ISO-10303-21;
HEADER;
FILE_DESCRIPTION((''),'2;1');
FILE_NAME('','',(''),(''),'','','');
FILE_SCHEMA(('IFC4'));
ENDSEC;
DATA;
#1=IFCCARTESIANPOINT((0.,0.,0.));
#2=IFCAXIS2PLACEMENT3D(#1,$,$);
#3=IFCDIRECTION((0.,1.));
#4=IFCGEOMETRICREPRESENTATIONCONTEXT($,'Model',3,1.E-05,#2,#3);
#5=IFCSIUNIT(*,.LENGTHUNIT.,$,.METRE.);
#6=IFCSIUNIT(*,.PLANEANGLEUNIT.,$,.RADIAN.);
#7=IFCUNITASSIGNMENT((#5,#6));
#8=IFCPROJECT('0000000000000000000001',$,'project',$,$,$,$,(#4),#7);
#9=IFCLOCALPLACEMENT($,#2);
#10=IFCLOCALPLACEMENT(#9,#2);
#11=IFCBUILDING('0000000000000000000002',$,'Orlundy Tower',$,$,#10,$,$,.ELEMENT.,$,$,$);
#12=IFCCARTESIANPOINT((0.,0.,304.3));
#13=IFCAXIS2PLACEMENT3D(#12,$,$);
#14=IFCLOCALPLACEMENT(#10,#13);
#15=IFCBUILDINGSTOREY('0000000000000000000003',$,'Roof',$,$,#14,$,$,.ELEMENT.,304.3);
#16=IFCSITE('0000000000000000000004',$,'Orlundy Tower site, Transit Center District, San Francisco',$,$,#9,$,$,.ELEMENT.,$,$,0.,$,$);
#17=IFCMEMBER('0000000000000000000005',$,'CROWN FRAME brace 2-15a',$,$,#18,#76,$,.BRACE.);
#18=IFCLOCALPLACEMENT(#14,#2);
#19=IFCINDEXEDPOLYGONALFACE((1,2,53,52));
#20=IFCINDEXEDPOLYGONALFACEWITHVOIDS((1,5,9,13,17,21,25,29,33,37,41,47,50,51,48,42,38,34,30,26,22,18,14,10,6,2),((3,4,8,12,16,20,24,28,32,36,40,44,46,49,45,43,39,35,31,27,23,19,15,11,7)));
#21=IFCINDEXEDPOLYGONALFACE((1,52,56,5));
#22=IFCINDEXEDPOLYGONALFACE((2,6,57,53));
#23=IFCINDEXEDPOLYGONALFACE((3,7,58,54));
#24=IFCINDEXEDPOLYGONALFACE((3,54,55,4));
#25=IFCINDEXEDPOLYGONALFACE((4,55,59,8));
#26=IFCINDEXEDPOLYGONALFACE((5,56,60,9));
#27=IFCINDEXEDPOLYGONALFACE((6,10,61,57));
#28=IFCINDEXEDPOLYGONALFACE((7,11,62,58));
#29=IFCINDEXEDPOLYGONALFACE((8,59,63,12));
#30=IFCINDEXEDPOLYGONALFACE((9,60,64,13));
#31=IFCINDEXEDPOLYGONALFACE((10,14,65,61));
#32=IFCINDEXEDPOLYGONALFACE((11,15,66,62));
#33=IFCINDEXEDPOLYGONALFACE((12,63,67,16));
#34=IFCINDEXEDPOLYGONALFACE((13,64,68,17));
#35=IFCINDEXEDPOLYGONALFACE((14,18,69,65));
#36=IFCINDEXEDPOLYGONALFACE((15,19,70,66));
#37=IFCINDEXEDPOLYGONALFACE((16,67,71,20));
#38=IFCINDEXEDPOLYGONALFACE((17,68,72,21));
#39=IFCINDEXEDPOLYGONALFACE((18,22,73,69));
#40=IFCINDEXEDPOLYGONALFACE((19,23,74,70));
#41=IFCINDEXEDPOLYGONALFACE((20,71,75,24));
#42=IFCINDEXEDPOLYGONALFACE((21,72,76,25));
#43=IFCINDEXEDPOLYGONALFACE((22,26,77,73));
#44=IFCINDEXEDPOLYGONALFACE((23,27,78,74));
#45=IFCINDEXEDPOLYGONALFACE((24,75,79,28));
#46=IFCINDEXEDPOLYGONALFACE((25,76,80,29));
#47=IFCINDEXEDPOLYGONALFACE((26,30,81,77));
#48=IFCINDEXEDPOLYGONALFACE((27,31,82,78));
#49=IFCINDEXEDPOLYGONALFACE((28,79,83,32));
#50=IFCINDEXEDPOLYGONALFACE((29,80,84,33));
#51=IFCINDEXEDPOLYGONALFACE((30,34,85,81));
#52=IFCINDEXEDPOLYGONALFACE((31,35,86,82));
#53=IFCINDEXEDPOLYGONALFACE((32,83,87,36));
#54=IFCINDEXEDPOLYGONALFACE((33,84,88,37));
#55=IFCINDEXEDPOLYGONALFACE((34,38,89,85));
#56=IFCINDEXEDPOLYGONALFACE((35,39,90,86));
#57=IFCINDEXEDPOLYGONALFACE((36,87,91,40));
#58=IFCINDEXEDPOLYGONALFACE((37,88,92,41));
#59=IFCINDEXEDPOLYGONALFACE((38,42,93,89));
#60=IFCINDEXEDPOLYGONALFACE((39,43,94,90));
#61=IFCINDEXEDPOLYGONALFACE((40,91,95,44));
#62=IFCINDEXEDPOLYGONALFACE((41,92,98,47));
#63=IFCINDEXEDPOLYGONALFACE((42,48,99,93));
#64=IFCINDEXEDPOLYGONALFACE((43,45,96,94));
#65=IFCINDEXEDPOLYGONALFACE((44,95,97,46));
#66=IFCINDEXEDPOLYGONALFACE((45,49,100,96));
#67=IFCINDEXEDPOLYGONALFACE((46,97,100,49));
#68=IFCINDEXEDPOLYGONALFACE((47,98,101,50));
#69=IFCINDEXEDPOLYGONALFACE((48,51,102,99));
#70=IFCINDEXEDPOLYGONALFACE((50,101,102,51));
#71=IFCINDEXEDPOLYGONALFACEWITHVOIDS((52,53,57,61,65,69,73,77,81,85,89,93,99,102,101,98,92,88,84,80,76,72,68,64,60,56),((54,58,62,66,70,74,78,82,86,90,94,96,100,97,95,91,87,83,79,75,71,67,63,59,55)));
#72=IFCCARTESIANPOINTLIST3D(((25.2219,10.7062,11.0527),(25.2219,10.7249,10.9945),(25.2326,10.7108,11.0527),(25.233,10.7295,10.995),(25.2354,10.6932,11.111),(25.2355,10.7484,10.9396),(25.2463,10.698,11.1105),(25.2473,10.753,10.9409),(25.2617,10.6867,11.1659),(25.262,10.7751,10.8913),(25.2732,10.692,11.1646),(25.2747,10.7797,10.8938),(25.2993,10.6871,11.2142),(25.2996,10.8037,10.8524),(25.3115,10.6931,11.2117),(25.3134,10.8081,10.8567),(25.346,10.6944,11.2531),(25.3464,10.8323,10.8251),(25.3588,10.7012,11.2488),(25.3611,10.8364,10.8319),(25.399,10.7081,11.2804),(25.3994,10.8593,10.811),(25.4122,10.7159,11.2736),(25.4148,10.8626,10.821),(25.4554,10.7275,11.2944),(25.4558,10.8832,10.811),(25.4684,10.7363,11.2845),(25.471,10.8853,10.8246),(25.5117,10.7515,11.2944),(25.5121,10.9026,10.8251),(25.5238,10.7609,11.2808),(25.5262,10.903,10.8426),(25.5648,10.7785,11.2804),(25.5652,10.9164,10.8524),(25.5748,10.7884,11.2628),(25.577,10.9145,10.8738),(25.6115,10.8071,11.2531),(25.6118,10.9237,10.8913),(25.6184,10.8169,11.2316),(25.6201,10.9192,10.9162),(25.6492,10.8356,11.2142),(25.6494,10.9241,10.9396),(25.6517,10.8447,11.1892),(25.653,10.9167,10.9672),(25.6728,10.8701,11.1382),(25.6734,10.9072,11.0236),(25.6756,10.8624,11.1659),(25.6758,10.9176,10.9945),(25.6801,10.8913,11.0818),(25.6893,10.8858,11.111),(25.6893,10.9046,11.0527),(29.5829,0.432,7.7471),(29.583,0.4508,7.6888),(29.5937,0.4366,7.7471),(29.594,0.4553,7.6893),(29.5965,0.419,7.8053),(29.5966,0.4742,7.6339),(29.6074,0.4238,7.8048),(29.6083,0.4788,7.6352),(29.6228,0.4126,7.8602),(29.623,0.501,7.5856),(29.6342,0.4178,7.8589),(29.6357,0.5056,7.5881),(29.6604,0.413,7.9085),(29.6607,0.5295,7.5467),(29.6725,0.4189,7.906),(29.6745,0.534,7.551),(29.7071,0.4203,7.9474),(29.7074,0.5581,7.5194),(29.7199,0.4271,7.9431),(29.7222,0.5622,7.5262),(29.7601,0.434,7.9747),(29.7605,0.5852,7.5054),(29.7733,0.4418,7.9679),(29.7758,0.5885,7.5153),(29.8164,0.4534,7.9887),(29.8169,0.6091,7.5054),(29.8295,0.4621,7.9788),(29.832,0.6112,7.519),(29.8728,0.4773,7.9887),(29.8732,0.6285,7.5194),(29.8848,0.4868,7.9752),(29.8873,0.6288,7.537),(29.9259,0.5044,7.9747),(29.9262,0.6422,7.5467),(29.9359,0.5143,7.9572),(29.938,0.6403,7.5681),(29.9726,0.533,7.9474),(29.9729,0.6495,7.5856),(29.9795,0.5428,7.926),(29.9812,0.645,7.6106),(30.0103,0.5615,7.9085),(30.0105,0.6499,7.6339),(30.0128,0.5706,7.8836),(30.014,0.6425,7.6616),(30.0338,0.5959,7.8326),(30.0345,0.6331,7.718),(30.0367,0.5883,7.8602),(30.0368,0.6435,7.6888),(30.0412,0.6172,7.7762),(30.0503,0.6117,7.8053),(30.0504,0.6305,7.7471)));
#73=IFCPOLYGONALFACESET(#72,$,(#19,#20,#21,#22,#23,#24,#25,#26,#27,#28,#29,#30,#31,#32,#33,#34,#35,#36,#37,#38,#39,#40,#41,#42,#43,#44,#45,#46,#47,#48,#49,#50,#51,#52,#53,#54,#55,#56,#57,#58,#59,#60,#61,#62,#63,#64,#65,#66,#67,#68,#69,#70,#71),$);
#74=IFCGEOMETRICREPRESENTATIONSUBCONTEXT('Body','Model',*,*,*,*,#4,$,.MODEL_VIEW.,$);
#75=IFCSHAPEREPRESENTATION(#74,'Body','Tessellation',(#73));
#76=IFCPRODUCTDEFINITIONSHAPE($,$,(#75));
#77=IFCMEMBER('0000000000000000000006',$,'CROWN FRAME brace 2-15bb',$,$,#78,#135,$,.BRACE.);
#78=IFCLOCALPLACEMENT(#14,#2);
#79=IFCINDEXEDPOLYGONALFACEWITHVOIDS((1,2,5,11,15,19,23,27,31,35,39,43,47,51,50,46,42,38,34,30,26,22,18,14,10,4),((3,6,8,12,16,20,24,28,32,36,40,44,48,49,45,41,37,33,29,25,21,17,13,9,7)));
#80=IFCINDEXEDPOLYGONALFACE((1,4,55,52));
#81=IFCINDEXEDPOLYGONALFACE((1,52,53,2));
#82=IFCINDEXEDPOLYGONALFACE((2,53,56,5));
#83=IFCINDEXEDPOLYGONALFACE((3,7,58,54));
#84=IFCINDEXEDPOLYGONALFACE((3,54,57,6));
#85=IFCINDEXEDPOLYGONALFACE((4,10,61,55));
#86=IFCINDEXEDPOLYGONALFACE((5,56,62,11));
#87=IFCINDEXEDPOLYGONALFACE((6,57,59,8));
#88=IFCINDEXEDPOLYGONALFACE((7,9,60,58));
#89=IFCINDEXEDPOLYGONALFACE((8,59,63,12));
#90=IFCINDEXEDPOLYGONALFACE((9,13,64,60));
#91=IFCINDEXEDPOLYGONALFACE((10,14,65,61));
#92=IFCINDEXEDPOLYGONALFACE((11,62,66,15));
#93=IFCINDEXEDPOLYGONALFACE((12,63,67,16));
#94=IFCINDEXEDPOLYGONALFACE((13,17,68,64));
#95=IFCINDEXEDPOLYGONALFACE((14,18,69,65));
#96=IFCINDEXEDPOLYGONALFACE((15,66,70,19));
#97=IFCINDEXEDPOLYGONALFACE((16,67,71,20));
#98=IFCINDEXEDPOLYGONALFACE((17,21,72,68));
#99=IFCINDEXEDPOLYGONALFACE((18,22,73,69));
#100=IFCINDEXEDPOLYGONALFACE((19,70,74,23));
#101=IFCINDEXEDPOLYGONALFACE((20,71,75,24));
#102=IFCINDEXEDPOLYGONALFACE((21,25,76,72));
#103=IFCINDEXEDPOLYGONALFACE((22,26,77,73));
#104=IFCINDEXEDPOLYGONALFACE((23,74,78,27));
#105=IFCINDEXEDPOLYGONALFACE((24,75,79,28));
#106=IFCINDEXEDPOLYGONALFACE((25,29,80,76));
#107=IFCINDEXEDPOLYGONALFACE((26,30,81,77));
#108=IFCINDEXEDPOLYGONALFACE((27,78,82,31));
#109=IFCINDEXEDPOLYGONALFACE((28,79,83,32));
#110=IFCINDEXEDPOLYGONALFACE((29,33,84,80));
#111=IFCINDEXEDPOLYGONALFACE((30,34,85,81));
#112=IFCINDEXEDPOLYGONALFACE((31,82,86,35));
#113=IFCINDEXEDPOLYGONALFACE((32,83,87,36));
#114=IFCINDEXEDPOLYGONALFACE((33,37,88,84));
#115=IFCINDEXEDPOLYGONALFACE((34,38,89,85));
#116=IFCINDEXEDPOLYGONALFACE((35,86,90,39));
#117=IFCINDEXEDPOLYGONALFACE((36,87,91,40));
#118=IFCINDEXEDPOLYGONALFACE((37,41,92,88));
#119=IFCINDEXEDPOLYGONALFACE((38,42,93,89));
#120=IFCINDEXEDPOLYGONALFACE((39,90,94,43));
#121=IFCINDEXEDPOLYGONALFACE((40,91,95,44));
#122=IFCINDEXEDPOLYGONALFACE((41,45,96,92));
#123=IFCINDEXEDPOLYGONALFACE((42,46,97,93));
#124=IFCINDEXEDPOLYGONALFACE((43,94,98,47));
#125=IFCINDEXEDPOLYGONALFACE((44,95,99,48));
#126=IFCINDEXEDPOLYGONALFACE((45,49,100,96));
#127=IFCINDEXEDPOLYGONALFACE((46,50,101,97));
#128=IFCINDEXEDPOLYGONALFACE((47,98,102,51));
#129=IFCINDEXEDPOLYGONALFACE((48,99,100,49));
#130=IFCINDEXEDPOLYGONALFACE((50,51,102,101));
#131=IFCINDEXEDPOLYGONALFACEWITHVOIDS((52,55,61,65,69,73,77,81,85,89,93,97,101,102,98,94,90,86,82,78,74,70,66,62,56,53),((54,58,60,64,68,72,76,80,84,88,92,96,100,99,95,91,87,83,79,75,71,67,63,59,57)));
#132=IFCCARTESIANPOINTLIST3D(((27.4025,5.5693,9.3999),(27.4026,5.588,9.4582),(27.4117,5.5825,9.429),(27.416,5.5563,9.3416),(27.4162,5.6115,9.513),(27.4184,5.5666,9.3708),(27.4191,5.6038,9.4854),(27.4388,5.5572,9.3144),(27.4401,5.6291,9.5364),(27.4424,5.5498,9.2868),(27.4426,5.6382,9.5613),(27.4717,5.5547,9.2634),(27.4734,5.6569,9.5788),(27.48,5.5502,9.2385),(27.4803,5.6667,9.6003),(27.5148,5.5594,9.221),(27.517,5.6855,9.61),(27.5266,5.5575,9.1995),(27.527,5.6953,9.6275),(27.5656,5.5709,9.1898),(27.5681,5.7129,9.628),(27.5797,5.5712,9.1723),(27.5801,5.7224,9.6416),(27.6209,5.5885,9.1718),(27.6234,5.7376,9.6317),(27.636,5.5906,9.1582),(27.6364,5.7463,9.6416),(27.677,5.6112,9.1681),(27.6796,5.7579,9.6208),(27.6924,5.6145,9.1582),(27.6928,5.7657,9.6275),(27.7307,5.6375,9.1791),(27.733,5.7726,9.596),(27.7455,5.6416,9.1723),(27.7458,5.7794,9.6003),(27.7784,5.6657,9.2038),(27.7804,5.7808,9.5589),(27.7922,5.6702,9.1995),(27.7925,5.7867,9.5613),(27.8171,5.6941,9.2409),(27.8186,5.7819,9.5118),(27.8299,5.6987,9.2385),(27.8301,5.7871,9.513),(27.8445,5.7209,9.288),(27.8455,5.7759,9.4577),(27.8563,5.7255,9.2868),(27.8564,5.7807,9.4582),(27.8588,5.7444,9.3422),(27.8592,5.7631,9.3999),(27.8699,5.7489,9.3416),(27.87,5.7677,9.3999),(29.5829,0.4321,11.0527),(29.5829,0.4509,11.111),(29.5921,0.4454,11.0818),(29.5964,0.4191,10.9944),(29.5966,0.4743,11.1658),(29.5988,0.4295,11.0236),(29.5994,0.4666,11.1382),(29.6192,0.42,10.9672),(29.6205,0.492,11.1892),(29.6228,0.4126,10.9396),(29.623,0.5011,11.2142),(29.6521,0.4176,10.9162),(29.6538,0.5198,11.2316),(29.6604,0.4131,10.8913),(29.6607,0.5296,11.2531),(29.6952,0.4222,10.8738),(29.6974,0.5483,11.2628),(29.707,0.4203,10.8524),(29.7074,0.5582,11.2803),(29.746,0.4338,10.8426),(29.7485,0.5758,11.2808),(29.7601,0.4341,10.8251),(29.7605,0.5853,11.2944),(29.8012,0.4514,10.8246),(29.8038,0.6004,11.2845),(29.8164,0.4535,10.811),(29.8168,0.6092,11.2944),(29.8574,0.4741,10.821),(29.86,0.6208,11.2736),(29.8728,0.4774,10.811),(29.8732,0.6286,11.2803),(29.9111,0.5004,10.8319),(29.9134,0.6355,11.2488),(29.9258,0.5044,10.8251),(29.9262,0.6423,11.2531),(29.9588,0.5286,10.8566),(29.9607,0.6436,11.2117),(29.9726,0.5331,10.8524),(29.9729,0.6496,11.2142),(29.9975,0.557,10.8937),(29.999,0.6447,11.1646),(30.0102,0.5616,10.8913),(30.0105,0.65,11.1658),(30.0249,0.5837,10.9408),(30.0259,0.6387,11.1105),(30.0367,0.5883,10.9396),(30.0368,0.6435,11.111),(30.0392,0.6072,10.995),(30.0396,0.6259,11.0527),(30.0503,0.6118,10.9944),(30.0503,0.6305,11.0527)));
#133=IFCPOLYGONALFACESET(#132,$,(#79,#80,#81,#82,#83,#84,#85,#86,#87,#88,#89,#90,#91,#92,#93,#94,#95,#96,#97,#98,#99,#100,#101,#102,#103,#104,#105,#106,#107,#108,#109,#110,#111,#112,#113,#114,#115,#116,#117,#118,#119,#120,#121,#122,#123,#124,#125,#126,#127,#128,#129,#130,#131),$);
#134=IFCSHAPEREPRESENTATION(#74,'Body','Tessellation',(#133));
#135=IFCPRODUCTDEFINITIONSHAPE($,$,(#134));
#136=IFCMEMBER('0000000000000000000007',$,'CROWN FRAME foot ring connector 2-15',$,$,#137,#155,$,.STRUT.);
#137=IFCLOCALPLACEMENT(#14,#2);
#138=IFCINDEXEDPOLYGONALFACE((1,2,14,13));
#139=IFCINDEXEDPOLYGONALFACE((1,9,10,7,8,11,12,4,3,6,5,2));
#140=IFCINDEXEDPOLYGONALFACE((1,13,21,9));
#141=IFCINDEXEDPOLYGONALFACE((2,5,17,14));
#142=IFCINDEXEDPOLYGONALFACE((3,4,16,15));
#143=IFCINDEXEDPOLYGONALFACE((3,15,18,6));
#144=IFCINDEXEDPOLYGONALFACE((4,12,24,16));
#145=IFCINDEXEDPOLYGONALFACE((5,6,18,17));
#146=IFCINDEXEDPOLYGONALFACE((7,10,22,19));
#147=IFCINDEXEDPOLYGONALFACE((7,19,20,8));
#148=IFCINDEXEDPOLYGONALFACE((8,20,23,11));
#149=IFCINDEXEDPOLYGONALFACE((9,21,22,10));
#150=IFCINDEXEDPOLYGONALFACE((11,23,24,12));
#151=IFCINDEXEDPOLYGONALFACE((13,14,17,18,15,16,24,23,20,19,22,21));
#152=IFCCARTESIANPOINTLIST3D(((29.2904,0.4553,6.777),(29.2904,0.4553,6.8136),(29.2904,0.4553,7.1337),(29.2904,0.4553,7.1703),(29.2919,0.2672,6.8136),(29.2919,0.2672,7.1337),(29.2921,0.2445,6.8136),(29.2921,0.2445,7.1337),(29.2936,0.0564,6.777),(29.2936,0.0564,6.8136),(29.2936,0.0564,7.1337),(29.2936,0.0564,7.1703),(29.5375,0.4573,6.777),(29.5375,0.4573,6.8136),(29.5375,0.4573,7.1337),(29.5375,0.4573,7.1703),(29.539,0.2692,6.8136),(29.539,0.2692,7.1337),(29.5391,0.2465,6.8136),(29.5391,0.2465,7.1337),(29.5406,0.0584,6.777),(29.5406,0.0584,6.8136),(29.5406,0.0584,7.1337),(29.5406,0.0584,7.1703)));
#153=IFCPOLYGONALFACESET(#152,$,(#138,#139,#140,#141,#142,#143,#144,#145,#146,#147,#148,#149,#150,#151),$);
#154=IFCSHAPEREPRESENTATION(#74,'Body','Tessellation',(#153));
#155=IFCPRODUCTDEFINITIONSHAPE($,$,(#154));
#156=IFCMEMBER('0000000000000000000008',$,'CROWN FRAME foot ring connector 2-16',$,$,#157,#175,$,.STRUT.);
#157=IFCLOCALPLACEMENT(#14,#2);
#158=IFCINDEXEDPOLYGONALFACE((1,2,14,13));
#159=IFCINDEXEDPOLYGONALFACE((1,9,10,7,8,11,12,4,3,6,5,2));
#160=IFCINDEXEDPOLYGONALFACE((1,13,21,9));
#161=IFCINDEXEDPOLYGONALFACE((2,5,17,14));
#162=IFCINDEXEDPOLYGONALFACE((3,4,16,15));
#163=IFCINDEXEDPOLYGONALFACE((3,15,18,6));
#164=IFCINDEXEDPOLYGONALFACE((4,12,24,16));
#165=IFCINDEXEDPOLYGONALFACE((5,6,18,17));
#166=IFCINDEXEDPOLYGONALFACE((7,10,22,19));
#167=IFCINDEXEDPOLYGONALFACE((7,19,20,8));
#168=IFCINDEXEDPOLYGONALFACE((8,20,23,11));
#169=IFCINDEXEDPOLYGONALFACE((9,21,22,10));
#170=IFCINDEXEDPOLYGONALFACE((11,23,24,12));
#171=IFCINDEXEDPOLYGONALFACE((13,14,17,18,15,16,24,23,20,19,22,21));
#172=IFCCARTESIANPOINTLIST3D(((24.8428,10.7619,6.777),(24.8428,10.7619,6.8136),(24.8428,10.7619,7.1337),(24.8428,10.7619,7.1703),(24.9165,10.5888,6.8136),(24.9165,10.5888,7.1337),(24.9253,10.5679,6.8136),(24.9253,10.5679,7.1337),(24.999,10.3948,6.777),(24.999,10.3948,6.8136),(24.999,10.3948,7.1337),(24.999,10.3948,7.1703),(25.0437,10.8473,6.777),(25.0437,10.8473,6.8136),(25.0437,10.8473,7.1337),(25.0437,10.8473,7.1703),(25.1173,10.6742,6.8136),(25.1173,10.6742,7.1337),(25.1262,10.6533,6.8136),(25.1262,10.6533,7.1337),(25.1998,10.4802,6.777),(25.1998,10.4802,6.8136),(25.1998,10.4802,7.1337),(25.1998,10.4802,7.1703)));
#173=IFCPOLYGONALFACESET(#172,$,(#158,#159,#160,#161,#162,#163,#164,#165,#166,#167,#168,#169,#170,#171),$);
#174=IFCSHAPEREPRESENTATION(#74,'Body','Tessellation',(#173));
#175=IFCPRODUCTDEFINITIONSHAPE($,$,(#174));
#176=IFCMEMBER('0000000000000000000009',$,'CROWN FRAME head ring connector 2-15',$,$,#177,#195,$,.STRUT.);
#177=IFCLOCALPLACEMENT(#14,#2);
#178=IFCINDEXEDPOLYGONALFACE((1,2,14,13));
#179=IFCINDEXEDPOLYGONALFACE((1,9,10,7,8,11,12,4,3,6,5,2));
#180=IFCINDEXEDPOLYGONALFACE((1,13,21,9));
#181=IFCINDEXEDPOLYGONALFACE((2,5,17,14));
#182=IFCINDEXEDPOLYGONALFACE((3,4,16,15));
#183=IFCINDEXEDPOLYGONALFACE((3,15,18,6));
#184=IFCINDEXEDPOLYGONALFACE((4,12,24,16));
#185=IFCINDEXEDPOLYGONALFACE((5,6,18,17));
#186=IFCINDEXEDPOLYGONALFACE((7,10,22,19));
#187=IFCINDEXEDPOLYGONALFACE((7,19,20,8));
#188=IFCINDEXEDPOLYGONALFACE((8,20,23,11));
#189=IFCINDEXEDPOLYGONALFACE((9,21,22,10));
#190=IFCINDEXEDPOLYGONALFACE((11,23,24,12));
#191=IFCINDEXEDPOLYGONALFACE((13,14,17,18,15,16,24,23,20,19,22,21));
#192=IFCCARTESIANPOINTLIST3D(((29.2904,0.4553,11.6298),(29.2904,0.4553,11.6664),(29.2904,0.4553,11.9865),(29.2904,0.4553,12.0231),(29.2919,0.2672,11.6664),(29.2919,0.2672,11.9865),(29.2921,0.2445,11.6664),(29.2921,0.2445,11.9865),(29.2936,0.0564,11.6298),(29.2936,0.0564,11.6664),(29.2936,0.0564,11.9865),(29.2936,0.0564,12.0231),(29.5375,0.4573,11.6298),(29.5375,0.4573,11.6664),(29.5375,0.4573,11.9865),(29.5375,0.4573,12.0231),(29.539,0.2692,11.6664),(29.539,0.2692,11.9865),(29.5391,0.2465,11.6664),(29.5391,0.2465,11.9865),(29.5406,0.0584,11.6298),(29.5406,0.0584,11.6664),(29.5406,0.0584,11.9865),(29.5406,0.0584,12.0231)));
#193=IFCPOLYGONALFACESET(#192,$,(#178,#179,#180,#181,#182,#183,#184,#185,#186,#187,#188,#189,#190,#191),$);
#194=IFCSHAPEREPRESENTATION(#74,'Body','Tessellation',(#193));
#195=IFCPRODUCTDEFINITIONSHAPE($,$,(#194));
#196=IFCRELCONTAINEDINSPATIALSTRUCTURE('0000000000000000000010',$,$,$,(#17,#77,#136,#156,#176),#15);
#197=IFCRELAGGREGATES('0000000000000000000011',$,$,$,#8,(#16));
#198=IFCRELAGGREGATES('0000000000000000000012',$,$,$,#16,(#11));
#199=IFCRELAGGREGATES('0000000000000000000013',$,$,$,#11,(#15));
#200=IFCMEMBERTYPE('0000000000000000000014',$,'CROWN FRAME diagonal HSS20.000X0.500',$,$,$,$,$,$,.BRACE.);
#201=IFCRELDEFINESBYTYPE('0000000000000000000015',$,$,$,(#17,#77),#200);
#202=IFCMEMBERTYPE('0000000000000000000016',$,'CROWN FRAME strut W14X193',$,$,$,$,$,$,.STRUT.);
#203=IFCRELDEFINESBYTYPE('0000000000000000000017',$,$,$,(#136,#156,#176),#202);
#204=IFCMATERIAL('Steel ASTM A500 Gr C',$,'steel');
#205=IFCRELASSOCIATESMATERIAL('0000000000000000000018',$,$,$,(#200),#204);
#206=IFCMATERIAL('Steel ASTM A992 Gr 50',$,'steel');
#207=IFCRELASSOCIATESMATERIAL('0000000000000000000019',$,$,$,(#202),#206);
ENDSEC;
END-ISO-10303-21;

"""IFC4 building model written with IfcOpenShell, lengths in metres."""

from ifc_helpers import new_model, si_unit, direction, frame, origin, origin_2d, place, context, subcontext, project, spatial, hollow_circle, i_section, extrude, material, material_profile, profile_set, type_object, element, save


model = new_model("IFC4")

# Units and contexts
model_context = context("Model", 3, precision=1e-05, world=origin(), true_north=direction((0.0, 1.0)))
body_context = subcontext(model_context, "Body", "Model", "MODEL_VIEW")
ifc_project = project(units=[si_unit("LENGTHUNIT", "METRE"), si_unit("PLANEANGLEUNIT", "RADIAN")], contexts=[model_context])

# Site, building, storey
site_placement = place(None, origin())
site = spatial("IfcSite", under=ifc_project, at=site_placement, Name="Orlundy Tower site, Transit Center District, San Francisco", CompositionType="ELEMENT", RefElevation=0.0)
building_placement = place(site_placement, origin())
building = spatial("IfcBuilding", under=site, at=building_placement, Name="Orlundy Tower", CompositionType="ELEMENT")
storey_placement = place(building_placement, frame((0.0, 0.0, 304.3)))
storey = spatial("IfcBuildingStorey", under=building, at=storey_placement, Name="Roof", CompositionType="ELEMENT", Elevation=304.3)

# Members
ifc_material_1 = material(Name="Steel ASTM A500 Gr C", Category="steel")
ifc_material_profile_1 = material_profile(ifc_material_1, hollow_circle(Radius=0.2539, WallThickness=0.0117, at=origin_2d()), Name="HSS20.000X0.500")
ifc_profile_set_1 = profile_set([ifc_material_profile_1], Name="Steel ASTM A500 Gr C")
member_type_1 = type_object("IfcMemberType", Name="CROWN FRAME diagonal HSS20.000X0.500", PredefinedType="BRACE", material=ifc_profile_set_1)
member_1_placement = place(storey_placement, frame((29.8167, 0.5312, 7.7471), z_axis=(-0.374642, 0.88261, 0.283976), x_axis=(-0.920506, -0.390728, 0.0)))
element("IfcMember", 1, at=member_1_placement, inside=storey, type_object=member_type_1, Name="CROWN FRAME brace 2-15a", PredefinedType="BRACE", context=body_context, shape_type="SweptSolid", body=[
    extrude(hollow_circle(Radius=0.2539, WallThickness=0.0117, at=origin_2d()), origin(), (0.0, 0.0, 1.0), 11.6406),
])
member_2_placement = place(storey_placement, frame((27.6362, 5.6685, 9.3999), z_axis=(0.374617, -0.882622, 0.283973), x_axis=(0.920517, 0.390702, 0.0)))
element("IfcMember", 2, at=member_2_placement, inside=storey, type_object=member_type_1, Name="CROWN FRAME brace 2-15bb", PredefinedType="BRACE", context=body_context, shape_type="SweptSolid", body=[
    extrude(hollow_circle(Radius=0.2539, WallThickness=0.0117, at=origin_2d()), origin(), (0.0, 0.0, 1.0), 5.8203),
])
ifc_material_2 = material(Name="Steel ASTM A992 Gr 50", Category="steel")
ifc_material_profile_2 = material_profile(ifc_material_2, i_section(OverallWidth=0.3989, OverallDepth=0.3933, WebThickness=0.0227, FlangeThickness=0.0366, at=origin_2d()), Name="W14X193")
ifc_profile_set_2 = profile_set([ifc_material_profile_2], Name="Steel ASTM A992 Gr 50")
member_type_2 = type_object("IfcMemberType", Name="CROWN FRAME strut W14X193", PredefinedType="STRUT", material=ifc_profile_set_2)
member_3_placement = place(storey_placement, frame((29.292, 0.2559, 6.9736), z_axis=(0.999969, 0.007905, 0.0), x_axis=(-0.007905, 0.999969, 0.0)))
element("IfcMember", 3, at=member_3_placement, inside=storey, type_object=member_type_2, Name="CROWN FRAME foot ring connector 2-15", PredefinedType="STRUT", context=body_context, shape_type="SweptSolid", body=[
    extrude(i_section(OverallWidth=0.3989, OverallDepth=0.3933, WebThickness=0.0227, FlangeThickness=0.0366, at=origin_2d()), origin(), (0.0, 0.0, 1.0), 0.2471),
])
member_4_placement = place(storey_placement, frame((24.9209, 10.5784, 6.9736), z_axis=(0.92024, 0.391354, 0.0), x_axis=(-0.391354, 0.92024, 0.0)))
element("IfcMember", 4, at=member_4_placement, inside=storey, type_object=member_type_2, Name="CROWN FRAME foot ring connector 2-16", PredefinedType="STRUT", context=body_context, shape_type="SweptSolid", body=[
    extrude(i_section(OverallWidth=0.3989, OverallDepth=0.3933, WebThickness=0.0227, FlangeThickness=0.0366, at=origin_2d()), origin(), (0.0, 0.0, 1.0), 0.2183),
])
member_5_placement = place(storey_placement, frame((29.292, 0.2559, 11.8264), z_axis=(0.999969, 0.007905, 0.0), x_axis=(-0.007905, 0.999969, 0.0)))
element("IfcMember", 5, at=member_5_placement, inside=storey, type_object=member_type_2, Name="CROWN FRAME head ring connector 2-15", PredefinedType="STRUT", context=body_context, shape_type="SweptSolid", body=[
    extrude(i_section(OverallWidth=0.3989, OverallDepth=0.3933, WebThickness=0.0227, FlangeThickness=0.0366, at=origin_2d()), origin(), (0.0, 0.0, 1.0), 0.2471),
])

save(model, "model.ifc")
